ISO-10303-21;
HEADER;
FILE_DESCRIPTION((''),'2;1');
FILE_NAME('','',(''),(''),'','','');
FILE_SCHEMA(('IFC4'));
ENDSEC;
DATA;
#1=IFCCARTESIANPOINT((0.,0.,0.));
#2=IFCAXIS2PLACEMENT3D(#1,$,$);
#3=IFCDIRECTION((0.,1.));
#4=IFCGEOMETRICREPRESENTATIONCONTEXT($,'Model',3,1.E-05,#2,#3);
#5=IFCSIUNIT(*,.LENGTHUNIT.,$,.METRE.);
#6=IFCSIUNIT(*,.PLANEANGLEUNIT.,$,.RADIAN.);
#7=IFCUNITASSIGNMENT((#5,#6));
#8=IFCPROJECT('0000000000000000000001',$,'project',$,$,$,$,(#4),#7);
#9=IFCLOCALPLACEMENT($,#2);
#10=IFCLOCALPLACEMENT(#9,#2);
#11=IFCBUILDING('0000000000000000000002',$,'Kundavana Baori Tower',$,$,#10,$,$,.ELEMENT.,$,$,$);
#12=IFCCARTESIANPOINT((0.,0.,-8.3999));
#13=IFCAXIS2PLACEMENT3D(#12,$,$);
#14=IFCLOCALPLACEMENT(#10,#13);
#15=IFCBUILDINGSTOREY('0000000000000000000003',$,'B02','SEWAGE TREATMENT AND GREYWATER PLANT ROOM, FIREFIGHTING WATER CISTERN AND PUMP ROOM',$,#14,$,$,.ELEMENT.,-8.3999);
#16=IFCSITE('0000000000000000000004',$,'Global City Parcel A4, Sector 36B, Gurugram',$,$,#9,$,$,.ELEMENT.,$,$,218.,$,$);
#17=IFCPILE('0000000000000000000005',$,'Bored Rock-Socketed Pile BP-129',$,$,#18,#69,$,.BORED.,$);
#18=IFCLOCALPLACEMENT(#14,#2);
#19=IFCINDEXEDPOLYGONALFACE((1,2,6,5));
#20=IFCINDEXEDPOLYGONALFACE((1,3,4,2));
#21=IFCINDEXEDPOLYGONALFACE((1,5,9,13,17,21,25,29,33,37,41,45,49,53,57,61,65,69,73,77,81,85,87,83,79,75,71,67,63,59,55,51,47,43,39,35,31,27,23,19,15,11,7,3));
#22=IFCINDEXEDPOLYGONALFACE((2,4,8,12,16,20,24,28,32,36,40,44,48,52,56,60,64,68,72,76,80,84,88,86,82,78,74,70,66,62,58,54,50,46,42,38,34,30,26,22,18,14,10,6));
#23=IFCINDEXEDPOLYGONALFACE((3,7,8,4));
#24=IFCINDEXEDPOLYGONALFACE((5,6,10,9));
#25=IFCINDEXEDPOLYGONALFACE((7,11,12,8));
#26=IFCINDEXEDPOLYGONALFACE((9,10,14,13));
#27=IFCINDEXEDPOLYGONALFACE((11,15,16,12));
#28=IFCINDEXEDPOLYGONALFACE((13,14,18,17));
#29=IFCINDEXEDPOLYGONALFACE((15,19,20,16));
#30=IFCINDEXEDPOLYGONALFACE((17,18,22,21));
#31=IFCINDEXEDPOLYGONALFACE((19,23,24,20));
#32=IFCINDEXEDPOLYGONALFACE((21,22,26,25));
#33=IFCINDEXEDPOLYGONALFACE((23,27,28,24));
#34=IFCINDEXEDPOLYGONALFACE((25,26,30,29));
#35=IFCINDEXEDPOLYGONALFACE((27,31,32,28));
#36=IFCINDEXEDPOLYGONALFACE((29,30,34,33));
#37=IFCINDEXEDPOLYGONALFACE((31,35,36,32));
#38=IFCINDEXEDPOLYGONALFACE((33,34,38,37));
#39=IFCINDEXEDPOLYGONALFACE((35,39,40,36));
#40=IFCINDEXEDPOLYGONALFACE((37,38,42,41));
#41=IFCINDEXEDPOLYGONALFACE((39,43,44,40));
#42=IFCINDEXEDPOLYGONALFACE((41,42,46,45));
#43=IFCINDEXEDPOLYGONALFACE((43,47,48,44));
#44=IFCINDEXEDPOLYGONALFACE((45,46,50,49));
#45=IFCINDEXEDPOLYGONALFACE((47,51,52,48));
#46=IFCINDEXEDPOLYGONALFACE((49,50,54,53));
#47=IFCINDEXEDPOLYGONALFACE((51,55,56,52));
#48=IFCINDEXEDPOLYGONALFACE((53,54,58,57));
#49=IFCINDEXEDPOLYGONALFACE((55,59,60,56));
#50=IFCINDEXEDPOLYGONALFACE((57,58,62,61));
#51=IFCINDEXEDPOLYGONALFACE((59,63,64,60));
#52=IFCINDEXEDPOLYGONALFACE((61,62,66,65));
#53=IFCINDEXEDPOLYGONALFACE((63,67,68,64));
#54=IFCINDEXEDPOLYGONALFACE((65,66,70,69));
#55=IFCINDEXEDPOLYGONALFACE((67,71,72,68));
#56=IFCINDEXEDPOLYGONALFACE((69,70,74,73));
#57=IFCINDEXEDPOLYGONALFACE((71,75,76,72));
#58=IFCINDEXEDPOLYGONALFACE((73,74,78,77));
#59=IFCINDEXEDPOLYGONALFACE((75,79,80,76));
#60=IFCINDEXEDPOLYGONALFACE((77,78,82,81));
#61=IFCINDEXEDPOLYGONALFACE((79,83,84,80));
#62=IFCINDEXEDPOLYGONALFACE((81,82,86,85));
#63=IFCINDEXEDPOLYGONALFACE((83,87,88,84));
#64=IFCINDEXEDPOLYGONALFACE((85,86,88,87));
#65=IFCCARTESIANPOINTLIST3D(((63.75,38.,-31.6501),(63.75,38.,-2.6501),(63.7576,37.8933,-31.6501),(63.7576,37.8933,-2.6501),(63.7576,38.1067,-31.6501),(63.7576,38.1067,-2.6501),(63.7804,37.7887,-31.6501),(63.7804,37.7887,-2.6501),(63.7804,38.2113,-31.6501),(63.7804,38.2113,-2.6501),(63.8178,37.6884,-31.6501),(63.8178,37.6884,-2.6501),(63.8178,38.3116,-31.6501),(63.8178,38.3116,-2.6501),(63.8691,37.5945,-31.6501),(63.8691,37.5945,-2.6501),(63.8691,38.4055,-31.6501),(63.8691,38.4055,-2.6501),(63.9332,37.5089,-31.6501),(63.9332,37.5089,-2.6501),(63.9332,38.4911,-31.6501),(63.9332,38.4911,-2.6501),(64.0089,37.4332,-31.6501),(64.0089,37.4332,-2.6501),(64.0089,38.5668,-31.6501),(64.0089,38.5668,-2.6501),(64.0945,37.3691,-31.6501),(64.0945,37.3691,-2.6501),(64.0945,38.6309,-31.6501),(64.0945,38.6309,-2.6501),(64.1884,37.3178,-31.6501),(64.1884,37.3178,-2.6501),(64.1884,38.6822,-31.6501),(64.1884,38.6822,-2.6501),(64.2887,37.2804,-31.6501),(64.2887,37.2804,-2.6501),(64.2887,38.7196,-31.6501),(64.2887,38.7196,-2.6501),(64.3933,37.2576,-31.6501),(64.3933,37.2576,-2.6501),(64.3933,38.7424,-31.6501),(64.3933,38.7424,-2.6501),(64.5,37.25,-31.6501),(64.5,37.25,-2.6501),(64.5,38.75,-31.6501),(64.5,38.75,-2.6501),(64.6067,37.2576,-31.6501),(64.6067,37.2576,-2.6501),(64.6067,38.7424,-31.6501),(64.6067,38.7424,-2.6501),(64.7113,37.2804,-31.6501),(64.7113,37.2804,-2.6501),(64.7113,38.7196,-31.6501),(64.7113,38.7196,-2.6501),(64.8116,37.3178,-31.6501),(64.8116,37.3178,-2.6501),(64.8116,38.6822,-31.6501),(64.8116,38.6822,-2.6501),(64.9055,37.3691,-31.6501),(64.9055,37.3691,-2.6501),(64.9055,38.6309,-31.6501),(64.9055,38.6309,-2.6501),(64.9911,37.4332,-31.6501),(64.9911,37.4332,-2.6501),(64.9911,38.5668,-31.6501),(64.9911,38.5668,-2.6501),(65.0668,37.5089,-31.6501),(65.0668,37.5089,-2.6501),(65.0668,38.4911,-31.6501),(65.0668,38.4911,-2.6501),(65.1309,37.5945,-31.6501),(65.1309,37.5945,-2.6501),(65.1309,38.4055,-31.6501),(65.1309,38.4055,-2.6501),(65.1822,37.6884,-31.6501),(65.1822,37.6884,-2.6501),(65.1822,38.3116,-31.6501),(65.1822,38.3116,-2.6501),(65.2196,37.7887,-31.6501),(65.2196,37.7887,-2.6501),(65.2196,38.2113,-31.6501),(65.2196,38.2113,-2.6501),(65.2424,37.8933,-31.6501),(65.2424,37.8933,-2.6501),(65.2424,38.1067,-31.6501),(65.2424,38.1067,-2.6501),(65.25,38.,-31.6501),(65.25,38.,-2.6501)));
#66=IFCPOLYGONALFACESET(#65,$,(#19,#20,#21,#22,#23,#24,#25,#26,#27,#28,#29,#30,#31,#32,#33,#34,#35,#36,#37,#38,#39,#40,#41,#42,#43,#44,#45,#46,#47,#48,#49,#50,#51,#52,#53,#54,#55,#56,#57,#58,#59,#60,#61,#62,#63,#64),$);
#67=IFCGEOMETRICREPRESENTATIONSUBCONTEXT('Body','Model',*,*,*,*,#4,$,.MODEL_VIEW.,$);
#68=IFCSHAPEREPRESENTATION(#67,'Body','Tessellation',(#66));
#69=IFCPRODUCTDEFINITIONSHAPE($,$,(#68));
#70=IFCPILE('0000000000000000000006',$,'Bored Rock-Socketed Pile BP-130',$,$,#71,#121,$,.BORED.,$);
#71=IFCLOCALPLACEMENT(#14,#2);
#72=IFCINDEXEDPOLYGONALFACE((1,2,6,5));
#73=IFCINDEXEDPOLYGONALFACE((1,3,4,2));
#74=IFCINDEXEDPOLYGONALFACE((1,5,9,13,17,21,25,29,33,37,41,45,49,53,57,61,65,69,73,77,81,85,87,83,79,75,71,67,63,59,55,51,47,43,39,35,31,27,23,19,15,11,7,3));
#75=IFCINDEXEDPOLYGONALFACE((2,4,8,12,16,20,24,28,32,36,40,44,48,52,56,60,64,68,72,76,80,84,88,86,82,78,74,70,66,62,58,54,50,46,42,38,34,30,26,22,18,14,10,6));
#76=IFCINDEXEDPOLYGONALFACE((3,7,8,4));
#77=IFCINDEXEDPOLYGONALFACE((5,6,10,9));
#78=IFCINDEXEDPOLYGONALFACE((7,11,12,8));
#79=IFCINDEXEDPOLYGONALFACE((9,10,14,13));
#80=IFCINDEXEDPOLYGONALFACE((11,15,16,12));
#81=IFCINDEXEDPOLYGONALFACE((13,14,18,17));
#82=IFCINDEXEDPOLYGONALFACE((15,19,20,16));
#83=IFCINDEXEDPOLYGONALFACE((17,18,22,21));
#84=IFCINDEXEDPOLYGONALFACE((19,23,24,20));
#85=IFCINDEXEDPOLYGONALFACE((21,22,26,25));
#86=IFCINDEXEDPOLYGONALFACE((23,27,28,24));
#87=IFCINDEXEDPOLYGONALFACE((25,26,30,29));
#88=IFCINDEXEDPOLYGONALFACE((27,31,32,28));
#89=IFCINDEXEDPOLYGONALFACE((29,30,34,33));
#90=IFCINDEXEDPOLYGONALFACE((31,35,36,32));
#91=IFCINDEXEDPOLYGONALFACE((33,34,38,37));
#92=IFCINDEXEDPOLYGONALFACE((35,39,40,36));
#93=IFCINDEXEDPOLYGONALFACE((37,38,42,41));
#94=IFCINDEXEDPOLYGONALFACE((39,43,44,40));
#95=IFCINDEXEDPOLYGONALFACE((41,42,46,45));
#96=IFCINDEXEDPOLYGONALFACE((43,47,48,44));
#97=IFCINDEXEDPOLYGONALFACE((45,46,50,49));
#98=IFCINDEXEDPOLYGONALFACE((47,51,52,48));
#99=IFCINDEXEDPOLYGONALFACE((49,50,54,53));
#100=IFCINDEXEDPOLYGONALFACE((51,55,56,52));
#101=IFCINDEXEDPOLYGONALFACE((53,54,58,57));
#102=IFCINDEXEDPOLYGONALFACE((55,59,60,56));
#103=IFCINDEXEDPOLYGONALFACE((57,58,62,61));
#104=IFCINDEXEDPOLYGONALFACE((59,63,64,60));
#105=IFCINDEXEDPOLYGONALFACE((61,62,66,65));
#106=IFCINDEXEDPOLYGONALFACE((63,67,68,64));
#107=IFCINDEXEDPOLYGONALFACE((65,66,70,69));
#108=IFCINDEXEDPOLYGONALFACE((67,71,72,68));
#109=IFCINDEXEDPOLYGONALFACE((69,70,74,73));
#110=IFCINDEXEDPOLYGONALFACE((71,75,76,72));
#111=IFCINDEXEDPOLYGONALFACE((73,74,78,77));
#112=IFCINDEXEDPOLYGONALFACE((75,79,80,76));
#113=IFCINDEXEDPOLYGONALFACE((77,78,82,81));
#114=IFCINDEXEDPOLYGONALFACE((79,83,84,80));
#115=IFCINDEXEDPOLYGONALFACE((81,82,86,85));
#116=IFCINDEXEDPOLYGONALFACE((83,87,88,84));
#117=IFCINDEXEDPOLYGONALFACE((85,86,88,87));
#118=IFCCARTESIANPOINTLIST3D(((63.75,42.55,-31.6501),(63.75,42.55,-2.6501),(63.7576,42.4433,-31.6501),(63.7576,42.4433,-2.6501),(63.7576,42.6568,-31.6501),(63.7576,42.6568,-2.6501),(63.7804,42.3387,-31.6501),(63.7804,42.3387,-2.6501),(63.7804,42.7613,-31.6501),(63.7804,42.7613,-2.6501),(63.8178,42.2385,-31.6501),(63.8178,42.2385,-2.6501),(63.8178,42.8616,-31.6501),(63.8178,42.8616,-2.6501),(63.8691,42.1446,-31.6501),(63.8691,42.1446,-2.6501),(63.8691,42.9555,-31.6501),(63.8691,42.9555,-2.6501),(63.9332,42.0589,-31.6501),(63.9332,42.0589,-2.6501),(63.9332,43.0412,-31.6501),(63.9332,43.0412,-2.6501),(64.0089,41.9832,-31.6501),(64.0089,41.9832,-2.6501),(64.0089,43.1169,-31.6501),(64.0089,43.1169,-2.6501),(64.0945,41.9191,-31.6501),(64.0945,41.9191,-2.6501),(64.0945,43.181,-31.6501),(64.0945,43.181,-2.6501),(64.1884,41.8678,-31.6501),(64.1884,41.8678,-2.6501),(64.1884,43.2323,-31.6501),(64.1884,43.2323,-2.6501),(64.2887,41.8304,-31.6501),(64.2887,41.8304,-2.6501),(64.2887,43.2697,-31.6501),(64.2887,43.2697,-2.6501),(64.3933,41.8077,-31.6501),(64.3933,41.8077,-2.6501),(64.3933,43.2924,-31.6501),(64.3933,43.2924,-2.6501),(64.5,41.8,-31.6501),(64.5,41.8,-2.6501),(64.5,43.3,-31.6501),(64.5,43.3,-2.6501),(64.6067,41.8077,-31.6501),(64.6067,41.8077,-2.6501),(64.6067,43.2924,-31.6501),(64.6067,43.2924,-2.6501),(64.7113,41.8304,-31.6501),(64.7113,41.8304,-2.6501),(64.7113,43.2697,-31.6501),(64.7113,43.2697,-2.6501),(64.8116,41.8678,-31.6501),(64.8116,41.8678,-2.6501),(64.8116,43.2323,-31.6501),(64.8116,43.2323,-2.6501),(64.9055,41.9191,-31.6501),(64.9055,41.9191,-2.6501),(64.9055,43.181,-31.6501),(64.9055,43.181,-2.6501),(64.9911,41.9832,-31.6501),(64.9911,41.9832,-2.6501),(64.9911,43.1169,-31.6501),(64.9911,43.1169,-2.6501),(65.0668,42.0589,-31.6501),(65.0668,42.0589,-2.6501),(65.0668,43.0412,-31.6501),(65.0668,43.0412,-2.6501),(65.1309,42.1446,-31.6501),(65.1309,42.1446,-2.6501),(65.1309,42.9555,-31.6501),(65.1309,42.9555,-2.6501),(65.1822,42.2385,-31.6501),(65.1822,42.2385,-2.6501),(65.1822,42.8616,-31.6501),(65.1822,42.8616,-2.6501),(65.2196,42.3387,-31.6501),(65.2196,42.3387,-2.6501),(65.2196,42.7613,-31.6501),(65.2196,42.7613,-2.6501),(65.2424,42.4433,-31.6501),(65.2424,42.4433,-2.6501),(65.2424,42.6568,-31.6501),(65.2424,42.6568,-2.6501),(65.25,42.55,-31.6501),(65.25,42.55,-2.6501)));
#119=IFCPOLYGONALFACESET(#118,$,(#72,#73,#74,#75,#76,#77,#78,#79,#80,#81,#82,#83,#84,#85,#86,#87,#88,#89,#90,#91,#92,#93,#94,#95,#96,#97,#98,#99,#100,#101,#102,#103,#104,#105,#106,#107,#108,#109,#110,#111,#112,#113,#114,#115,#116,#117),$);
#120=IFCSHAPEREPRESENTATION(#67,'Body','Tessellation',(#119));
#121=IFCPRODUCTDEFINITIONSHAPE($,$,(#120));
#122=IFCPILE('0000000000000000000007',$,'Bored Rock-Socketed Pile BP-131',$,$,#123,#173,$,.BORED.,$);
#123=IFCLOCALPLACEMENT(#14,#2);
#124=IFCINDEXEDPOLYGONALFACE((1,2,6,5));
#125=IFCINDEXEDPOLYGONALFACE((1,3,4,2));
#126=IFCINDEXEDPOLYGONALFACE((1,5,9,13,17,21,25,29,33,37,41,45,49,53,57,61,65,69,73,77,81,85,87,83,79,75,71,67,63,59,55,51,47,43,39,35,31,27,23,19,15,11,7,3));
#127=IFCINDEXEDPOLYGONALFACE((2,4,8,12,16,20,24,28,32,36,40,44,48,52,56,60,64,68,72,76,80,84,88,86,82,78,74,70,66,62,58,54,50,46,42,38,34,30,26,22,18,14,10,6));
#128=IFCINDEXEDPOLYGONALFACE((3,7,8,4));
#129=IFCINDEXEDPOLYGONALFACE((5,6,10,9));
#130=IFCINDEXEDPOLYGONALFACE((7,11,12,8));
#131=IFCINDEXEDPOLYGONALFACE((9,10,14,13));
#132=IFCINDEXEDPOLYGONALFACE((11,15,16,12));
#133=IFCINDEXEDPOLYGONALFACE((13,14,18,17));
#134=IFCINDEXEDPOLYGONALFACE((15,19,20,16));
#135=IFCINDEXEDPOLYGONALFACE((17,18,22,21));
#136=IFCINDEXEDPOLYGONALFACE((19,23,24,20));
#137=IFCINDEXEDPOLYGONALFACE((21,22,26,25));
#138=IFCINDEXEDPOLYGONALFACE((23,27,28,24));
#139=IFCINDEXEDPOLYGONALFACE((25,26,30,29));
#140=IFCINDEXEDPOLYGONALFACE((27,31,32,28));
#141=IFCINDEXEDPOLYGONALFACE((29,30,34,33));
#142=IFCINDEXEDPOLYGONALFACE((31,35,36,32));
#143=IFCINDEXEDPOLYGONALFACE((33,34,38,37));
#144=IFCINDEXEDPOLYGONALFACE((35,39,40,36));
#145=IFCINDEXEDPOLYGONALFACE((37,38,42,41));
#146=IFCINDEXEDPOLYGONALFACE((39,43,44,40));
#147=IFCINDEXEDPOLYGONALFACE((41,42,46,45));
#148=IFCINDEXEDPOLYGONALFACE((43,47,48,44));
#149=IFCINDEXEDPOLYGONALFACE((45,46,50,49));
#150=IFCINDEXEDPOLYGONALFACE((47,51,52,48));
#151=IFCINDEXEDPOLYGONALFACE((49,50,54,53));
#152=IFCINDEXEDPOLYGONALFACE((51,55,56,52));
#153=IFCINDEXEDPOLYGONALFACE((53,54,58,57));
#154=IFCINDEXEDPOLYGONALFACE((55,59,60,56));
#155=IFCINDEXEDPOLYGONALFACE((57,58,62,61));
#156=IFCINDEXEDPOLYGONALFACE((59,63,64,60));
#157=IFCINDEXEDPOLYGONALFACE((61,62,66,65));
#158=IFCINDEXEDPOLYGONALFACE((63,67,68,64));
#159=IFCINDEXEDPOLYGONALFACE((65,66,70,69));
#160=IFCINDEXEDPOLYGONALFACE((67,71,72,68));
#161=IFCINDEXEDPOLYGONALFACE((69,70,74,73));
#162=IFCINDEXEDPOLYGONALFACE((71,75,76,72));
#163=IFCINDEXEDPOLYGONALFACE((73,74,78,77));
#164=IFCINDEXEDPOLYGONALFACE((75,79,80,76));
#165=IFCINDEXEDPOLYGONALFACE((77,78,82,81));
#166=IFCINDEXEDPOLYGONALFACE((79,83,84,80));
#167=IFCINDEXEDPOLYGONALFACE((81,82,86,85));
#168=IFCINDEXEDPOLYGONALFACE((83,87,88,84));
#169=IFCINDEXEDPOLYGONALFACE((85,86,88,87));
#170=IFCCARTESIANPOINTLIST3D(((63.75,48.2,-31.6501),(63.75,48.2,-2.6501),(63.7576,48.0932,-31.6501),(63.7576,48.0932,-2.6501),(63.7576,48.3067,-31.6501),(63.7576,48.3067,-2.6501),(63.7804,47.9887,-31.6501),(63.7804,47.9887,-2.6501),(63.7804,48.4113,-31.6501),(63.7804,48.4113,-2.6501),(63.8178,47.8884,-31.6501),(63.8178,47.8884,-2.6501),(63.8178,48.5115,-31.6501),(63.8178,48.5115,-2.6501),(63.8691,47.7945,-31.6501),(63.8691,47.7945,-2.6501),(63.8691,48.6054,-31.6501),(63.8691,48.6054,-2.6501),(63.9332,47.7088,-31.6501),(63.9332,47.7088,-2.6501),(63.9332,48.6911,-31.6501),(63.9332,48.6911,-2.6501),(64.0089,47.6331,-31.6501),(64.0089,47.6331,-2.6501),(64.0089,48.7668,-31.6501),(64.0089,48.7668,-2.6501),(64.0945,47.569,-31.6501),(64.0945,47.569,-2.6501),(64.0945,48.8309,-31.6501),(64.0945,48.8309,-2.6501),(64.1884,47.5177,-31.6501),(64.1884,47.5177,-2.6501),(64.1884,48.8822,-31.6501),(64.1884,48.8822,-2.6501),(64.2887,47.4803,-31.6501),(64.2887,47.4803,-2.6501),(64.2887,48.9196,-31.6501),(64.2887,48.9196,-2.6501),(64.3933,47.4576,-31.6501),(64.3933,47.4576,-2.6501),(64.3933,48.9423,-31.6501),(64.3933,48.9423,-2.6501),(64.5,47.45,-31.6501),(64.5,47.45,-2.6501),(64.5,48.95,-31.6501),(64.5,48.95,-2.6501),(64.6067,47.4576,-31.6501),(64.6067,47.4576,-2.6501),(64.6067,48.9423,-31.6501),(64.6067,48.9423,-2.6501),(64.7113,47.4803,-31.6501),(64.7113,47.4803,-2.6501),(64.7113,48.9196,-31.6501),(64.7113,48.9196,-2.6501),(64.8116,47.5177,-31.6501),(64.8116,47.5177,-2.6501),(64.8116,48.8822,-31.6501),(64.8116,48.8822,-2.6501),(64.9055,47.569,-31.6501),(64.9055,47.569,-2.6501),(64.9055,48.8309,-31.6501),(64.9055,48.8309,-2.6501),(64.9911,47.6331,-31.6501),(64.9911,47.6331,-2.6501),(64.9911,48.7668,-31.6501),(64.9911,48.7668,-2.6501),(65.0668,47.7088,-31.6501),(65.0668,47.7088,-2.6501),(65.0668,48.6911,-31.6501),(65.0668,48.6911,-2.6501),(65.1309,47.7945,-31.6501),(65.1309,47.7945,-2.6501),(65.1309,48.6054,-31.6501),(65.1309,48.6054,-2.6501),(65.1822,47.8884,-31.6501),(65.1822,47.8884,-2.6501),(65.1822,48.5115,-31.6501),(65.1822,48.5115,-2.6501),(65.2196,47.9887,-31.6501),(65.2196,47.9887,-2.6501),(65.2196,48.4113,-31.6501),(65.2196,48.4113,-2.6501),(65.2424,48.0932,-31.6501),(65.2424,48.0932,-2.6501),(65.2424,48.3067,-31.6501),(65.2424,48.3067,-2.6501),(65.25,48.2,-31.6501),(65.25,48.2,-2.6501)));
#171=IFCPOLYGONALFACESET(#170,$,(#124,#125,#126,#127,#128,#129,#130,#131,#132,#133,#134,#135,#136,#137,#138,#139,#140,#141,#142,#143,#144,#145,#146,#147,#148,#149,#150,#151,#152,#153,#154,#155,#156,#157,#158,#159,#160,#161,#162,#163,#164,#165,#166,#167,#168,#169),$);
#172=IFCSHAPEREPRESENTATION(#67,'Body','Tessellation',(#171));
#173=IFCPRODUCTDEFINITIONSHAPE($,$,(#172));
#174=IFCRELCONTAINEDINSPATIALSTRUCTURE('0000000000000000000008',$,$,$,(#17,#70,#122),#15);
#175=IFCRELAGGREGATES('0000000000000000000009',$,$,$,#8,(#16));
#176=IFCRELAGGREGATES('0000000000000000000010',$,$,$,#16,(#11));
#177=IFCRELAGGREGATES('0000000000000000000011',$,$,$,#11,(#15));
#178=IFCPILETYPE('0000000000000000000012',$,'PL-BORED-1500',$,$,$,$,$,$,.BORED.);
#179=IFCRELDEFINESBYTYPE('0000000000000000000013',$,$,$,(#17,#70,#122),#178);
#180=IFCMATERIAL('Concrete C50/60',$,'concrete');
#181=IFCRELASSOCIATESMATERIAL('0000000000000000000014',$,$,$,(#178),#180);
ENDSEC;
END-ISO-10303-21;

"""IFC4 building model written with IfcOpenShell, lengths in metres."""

from ifc_helpers import new_model, si_unit, direction, frame, origin, origin_2d, place, context, subcontext, project, spatial, circle, extrude, material, material_profile, profile_set, type_object, element, save


model = new_model("IFC4")

# Units and contexts
model_context = context("Model", 3, precision=1e-05, world=origin(), true_north=direction((0.0, 1.0)))
body_context = subcontext(model_context, "Body", "Model", "MODEL_VIEW")
ifc_project = project(units=[si_unit("LENGTHUNIT", "METRE"), si_unit("PLANEANGLEUNIT", "RADIAN")], contexts=[model_context])

# Site, building, storey
site_placement = place(None, origin())
site = spatial("IfcSite", under=ifc_project, at=site_placement, Name="Global City Parcel A4, Sector 36B, Gurugram", CompositionType="ELEMENT", RefElevation=218.0)
building_placement = place(site_placement, origin())
building = spatial("IfcBuilding", under=site, at=building_placement, Name="Kundavana Baori Tower", CompositionType="ELEMENT")
storey_placement = place(building_placement, frame((0.0, 0.0, -8.3999)))
storey = spatial("IfcBuildingStorey", under=building, at=storey_placement, Name="B02", Description="SEWAGE TREATMENT AND GREYWATER PLANT ROOM, FIREFIGHTING WATER CISTERN AND PUMP ROOM", CompositionType="ELEMENT", Elevation=-8.3999)

# Piles
ifc_material_1 = material(Name="Concrete C50/60", Category="concrete")
ifc_material_profile_1 = material_profile(ifc_material_1, circle(Radius=0.75, at=origin_2d()), Name="BORED PILE D1500")
ifc_profile_set_1 = profile_set([ifc_material_profile_1], Name="Concrete C50/60")
pile_type_1 = type_object("IfcPileType", Name="PL-BORED-1500", PredefinedType="BORED", material=ifc_profile_set_1)
for number, where, z_axis, x_axis, name in (
    (1, (64.5, 38.0, -2.6501), (0.0, 0.0, -1.0), (1.0, 0.0, 0.0), "Bored Rock-Socketed Pile BP-129"),
    (2, (64.5, 42.55, -2.6501), (0.0, 0.0, -1.0), (1.0, 0.0, 0.0), "Bored Rock-Socketed Pile BP-130"),
    (3, (64.5, 48.2, -2.6501), (0.0, 0.0, -1.0), (1.0, 0.0, 0.0), "Bored Rock-Socketed Pile BP-131"),
):
    element("IfcPile", number, at=place(storey_placement, frame(where, z_axis=z_axis, x_axis=x_axis)), inside=storey, type_object=pile_type_1, Name=name, PredefinedType="BORED", context=body_context, shape_type="SweptSolid", body=[
        extrude(circle(Radius=0.75, at=origin_2d()), origin(), (0.0, 0.0, 1.0), 29.0),
    ])

save(model, "model.ifc")
